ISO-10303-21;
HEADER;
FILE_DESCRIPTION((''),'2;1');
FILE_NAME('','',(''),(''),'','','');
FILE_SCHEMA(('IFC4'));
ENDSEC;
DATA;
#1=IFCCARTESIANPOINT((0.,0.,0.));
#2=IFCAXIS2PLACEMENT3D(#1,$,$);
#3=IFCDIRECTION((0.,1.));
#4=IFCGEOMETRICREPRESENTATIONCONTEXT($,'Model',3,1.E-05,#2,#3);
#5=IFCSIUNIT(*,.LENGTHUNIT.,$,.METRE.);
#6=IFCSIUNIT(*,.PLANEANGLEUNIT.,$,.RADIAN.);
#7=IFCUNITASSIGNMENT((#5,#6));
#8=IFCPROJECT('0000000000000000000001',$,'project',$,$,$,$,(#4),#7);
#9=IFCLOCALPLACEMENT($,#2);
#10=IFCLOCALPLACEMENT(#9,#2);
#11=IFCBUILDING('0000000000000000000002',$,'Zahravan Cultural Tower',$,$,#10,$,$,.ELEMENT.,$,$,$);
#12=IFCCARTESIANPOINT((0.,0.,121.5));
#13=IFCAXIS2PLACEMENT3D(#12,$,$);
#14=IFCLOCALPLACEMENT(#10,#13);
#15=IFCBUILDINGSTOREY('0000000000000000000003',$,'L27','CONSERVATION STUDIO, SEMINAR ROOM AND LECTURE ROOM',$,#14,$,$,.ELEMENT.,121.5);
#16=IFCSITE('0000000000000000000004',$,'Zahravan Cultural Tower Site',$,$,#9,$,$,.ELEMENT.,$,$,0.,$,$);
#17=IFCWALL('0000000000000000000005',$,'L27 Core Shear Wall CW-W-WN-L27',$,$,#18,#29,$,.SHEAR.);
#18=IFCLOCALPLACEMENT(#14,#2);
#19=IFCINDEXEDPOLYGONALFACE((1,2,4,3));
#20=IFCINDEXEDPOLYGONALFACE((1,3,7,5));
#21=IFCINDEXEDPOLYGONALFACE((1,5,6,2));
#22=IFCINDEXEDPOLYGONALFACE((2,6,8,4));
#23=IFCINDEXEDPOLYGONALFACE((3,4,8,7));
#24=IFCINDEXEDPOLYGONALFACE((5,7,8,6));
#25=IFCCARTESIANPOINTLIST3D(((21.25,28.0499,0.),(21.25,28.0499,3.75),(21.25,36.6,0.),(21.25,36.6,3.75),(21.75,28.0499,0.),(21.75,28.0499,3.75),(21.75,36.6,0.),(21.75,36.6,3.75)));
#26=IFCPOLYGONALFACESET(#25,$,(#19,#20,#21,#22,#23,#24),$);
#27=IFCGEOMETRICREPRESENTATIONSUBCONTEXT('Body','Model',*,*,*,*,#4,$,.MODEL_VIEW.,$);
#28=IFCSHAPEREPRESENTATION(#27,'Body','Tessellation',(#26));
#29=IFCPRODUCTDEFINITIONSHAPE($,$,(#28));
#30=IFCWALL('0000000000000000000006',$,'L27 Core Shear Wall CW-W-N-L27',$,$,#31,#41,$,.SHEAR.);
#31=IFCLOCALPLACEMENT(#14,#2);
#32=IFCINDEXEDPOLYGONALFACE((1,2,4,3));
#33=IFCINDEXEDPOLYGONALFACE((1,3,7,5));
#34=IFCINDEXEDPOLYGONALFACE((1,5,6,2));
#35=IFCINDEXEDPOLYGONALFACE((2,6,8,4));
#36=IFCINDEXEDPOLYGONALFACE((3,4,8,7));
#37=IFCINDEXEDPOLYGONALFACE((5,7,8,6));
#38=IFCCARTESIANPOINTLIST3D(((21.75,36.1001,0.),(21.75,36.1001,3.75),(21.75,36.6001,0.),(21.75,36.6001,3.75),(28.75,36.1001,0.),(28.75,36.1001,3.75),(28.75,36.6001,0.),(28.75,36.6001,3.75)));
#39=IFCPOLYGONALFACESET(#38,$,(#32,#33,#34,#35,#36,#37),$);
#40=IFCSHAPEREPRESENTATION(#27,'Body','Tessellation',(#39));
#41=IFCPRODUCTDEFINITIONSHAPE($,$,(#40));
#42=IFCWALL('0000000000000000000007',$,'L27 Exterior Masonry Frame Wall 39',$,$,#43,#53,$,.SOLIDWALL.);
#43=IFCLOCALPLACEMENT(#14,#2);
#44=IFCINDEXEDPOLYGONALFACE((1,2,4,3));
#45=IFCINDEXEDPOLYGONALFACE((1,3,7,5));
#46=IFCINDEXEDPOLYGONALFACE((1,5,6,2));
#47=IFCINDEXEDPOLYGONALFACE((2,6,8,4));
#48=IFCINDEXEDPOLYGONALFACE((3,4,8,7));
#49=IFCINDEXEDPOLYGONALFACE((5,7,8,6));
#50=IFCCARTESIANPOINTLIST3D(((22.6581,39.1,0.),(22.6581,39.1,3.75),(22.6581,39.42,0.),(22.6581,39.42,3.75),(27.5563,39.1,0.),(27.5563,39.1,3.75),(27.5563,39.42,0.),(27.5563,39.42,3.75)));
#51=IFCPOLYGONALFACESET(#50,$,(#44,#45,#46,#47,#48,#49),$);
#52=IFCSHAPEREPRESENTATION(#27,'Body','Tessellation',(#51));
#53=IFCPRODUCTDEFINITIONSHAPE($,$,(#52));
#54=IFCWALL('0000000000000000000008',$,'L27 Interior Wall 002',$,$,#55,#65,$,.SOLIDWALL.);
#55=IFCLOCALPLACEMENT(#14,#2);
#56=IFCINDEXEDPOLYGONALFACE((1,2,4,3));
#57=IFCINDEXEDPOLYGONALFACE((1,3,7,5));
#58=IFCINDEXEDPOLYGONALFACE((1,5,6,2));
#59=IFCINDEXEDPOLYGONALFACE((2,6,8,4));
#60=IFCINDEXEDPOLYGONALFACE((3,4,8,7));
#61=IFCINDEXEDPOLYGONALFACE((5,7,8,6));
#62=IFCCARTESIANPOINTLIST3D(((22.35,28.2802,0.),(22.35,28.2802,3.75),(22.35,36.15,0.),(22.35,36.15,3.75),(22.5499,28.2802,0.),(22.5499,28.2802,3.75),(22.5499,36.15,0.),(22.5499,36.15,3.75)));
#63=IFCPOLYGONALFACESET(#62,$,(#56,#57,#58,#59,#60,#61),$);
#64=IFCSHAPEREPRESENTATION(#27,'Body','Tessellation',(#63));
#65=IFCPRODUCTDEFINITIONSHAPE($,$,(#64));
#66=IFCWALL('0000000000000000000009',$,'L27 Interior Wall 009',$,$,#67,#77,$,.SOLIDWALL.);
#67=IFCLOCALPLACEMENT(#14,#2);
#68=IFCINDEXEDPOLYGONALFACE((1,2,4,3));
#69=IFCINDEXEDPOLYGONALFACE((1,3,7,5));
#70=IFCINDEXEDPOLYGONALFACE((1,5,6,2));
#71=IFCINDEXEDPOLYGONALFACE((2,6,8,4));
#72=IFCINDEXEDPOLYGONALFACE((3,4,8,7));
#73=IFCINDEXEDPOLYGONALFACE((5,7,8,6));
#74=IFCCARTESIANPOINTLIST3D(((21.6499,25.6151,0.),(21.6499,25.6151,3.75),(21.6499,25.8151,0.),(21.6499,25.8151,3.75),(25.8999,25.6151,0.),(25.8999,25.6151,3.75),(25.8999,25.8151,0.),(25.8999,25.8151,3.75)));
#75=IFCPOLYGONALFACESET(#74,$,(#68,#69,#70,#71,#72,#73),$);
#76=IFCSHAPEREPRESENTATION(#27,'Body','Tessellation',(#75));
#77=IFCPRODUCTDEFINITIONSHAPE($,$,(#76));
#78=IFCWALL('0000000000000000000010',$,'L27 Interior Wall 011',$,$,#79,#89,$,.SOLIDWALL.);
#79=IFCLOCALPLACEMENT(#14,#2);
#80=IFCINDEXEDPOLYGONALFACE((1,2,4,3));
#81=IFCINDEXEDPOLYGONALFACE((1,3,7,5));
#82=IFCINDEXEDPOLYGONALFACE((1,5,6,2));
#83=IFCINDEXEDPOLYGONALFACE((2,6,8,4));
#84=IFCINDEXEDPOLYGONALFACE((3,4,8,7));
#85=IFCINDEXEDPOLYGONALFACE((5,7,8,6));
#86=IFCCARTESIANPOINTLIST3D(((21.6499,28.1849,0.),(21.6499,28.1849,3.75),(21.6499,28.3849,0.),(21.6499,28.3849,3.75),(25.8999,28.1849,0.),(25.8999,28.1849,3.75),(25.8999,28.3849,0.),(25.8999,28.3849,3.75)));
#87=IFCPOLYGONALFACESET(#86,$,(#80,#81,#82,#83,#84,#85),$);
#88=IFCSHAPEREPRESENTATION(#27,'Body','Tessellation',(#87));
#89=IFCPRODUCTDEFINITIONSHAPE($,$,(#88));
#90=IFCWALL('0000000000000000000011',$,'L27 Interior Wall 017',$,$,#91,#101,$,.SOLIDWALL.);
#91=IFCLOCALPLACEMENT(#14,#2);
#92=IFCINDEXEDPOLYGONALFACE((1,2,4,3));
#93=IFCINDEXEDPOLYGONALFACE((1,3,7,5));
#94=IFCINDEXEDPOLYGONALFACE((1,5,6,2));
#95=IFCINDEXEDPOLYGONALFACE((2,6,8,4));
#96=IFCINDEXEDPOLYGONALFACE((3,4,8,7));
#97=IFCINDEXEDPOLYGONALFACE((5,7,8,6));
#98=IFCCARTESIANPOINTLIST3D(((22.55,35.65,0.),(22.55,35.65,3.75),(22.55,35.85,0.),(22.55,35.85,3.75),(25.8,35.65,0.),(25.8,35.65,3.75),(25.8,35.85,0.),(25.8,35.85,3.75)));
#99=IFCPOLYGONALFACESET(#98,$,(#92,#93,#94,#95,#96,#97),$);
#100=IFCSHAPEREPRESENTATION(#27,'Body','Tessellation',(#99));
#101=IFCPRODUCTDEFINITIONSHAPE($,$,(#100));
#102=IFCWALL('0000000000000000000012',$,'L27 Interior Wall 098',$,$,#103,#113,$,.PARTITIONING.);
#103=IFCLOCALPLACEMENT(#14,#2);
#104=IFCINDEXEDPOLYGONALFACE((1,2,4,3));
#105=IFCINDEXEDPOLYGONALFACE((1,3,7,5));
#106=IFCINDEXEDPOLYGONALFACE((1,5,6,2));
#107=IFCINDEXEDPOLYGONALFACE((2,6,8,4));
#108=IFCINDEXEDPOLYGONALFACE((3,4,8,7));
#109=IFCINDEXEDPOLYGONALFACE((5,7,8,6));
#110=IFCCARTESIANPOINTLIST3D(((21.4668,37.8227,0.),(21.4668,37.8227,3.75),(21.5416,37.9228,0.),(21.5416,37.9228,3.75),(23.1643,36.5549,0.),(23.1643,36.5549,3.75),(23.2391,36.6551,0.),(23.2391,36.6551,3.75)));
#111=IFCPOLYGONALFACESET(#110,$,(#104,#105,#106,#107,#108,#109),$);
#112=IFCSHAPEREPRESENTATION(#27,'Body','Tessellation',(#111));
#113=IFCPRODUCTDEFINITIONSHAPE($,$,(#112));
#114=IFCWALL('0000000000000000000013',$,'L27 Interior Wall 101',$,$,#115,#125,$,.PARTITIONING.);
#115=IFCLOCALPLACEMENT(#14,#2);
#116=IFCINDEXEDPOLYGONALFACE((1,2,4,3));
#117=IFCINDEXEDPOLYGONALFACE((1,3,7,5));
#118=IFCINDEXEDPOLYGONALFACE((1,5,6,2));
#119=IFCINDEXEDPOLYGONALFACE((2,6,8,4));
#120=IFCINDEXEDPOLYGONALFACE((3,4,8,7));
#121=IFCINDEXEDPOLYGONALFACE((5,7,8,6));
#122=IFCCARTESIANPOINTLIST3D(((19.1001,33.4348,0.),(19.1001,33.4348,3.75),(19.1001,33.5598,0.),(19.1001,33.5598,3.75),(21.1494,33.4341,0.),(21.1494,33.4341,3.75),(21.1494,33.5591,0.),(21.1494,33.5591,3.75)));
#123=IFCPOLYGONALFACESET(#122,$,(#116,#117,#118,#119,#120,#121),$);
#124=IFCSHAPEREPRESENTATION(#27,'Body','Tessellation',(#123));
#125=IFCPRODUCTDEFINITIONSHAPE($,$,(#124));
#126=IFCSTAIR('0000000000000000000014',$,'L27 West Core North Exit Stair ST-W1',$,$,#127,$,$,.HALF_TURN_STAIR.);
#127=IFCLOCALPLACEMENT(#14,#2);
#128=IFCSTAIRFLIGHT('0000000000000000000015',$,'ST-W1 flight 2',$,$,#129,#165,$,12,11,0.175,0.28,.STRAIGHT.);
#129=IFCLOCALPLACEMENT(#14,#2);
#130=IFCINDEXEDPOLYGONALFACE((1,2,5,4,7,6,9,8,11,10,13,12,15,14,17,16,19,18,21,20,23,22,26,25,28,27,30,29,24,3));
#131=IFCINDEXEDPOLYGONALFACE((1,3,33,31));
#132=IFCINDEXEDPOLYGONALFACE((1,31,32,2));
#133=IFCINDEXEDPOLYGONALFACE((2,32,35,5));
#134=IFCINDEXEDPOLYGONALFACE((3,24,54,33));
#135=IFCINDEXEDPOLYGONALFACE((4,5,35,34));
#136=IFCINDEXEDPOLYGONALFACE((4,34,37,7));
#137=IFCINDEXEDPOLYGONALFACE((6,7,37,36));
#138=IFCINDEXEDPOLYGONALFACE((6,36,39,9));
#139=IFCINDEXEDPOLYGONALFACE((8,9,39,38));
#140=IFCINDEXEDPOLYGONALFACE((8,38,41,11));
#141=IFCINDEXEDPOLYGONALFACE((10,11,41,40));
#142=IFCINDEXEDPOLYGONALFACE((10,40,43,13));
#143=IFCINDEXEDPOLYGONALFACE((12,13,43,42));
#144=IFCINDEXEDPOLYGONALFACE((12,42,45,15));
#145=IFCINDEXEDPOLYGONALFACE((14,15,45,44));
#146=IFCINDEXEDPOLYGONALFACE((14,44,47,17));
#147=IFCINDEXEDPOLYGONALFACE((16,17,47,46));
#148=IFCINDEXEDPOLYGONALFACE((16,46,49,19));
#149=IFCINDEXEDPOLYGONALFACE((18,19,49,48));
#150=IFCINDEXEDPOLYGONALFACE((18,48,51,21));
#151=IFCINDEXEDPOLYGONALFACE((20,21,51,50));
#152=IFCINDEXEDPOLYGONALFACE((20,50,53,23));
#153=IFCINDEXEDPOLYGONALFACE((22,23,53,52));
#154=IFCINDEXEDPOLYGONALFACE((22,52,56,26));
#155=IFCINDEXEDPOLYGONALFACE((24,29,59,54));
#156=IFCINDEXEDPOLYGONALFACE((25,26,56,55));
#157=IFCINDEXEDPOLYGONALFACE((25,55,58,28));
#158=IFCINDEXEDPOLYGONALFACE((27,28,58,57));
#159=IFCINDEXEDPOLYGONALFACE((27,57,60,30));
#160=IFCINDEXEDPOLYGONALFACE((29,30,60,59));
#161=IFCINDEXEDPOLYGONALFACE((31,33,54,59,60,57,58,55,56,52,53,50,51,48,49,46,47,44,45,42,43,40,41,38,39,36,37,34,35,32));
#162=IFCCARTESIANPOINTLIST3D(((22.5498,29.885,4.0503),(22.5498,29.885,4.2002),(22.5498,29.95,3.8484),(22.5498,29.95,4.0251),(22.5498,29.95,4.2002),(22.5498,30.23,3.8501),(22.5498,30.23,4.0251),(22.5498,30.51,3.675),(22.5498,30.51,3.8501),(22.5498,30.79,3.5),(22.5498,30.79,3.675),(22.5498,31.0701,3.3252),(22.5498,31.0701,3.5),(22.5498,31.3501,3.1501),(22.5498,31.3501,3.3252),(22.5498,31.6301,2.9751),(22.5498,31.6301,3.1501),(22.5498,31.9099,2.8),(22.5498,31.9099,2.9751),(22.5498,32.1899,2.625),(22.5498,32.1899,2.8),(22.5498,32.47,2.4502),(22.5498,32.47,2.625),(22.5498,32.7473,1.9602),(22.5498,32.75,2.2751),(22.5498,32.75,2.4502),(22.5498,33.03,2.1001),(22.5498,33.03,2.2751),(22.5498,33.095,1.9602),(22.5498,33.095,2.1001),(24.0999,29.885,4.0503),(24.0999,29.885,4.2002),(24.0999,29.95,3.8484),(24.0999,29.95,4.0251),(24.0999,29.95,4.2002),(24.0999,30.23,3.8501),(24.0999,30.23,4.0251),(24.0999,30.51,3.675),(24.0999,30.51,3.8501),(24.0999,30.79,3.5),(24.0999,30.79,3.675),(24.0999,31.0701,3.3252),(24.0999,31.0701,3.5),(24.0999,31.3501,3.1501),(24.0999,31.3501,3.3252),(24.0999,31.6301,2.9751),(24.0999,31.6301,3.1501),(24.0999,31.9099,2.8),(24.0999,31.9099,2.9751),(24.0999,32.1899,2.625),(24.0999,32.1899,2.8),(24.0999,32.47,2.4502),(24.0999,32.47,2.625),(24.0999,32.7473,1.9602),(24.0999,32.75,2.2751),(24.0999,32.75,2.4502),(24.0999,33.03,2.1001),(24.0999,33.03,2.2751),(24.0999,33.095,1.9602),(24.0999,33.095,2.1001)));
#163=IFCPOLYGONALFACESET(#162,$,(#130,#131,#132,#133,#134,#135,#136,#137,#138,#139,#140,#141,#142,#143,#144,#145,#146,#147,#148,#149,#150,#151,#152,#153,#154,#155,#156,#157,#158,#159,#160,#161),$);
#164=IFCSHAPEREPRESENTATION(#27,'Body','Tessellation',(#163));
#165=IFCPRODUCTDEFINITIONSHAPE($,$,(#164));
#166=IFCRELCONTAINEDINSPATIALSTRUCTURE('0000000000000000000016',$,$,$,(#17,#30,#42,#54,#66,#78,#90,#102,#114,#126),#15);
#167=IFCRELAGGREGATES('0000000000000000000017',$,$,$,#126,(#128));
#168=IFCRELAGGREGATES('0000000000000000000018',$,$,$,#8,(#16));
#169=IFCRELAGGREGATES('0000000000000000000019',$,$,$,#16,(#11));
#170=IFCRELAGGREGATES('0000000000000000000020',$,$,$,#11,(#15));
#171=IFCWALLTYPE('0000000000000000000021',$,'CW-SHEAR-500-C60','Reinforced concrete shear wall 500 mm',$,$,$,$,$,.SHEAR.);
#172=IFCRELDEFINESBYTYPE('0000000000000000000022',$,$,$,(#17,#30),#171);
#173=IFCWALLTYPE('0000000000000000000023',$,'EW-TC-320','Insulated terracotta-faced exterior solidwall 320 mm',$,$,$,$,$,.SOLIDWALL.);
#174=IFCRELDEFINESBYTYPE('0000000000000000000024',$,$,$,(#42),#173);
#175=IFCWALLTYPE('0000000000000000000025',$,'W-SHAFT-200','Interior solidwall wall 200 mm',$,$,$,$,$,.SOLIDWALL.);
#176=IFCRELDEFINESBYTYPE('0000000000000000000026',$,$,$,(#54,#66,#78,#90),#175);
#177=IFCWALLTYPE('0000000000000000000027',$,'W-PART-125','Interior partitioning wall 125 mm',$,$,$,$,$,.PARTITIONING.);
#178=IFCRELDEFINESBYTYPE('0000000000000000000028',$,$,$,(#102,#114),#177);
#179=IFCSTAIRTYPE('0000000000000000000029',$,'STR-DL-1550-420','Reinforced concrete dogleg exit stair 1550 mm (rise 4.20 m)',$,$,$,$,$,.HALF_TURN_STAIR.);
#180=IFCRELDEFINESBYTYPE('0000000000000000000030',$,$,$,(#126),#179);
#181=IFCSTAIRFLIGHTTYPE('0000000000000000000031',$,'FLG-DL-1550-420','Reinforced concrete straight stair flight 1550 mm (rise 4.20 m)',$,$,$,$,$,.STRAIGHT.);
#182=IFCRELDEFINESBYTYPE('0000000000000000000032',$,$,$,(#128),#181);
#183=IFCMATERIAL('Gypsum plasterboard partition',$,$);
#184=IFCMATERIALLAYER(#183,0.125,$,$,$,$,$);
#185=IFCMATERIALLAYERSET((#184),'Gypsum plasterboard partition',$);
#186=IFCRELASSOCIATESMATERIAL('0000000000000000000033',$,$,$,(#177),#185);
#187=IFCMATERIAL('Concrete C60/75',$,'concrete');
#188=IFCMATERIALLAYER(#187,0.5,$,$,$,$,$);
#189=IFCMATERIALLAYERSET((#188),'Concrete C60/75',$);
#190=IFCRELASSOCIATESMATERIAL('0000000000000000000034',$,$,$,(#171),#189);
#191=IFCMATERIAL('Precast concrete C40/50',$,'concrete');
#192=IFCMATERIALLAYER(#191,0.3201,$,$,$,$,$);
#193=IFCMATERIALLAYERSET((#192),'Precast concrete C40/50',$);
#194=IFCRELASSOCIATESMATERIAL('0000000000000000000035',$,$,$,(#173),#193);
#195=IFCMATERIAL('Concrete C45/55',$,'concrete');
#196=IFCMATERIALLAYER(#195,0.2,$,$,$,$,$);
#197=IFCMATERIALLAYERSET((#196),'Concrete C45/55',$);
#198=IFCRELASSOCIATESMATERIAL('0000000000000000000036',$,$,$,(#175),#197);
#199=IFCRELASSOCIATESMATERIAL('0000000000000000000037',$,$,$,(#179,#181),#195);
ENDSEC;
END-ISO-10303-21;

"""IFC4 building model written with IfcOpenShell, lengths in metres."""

from ifc_helpers import new_model, si_unit, direction, frame, frame_2d, origin, place, context, subcontext, project, spatial, polyline, rectangle, outline, extrude, source, transform, mapped, material, layer, layer_set, type_object, element, aggregate, save


model = new_model("IFC4")

# Units and contexts
model_context = context("Model", 3, precision=1e-05, world=origin(), true_north=direction((0.0, 1.0)))
body_context = subcontext(model_context, "Body", "Model", "MODEL_VIEW")
ifc_project = project(units=[si_unit("LENGTHUNIT", "METRE"), si_unit("PLANEANGLEUNIT", "RADIAN")], contexts=[model_context])

# Site, building, storey
site_placement = place(None, origin())
site = spatial("IfcSite", under=ifc_project, at=site_placement, Name="Zahravan Cultural Tower Site", CompositionType="ELEMENT", RefElevation=0.0)
building_placement = place(site_placement, origin())
building = spatial("IfcBuilding", under=site, at=building_placement, Name="Zahravan Cultural Tower", CompositionType="ELEMENT")
storey_placement = place(building_placement, frame((0.0, 0.0, 121.5)))
storey = spatial("IfcBuildingStorey", under=building, at=storey_placement, Name="L27", Description="CONSERVATION STUDIO, SEMINAR ROOM AND LECTURE ROOM", CompositionType="ELEMENT", Elevation=121.5)

# Shared definitions
ifc_material_1 = material(Name="Concrete C60/75", Category="concrete")

# Shared definitions
ifc_material_2 = material(Name="Gypsum plasterboard partition")
ifc_layer_1 = layer(ifc_material_2, 0.125)
ifc_layer_set_1 = layer_set([ifc_layer_1], Name="Gypsum plasterboard partition")
wall_type_1 = type_object("IfcWallType", Name="W-PART-125", Description="Interior partitioning wall 125 mm", PredefinedType="PARTITIONING", material=ifc_layer_set_1)

# Walls
ifc_layer_2 = layer(ifc_material_1, 0.5)
ifc_layer_set_2 = layer_set([ifc_layer_2], Name="Concrete C60/75")
wall_type_2 = type_object("IfcWallType", Name="CW-SHEAR-500-C60", Description="Reinforced concrete shear wall 500 mm", PredefinedType="SHEAR", material=ifc_layer_set_2)
shared_shape_1 = source(origin(), body_context, "Body", "SweptSolid", [
    extrude(rectangle(XDim=8.55, YDim=0.5, at=frame_2d((4.2749, 0.0))), origin(), (0.0, 0.0, 1.0), 3.75),
])
wall_1_placement = place(storey_placement, frame((21.5, 28.05, 0.0), z_axis=(0.0, 0.0, 1.0), x_axis=(0.0, 1.0, 0.0)))
element("IfcWall", 1, at=wall_1_placement, inside=storey, type_object=wall_type_2, Name="L27 Core Shear Wall CW-W-WN-L27", PredefinedType="SHEAR", context=body_context, shape_type="MappedRepresentation", body=[
    mapped(shared_shape_1, transform((0.0, 0.0, 0.0), x_axis=(1.0, 0.0, 0.0), y_axis=(0.0, 1.0, 0.0), z_axis=(0.0, 0.0, 1.0), scale=1.0)),
])
shared_shape_2 = source(origin(), body_context, "Body", "SweptSolid", [
    extrude(rectangle(XDim=7.0, YDim=0.5, at=frame_2d((3.5, 0.0))), origin(), (0.0, 0.0, 1.0), 3.75),
])
wall_2_placement = place(storey_placement, frame((21.75, 36.3501, 0.0), z_axis=(0.0, 0.0, 1.0), x_axis=(1.0, 0.0, 0.0)))
element("IfcWall", 2, at=wall_2_placement, inside=storey, type_object=wall_type_2, Name="L27 Core Shear Wall CW-W-N-L27", PredefinedType="SHEAR", context=body_context, shape_type="MappedRepresentation", body=[
    mapped(shared_shape_2, transform((0.0, 0.0, 0.0), x_axis=(1.0, 0.0, 0.0), y_axis=(0.0, 1.0, 0.0), z_axis=(0.0, 0.0, 1.0), scale=1.0)),
])
ifc_material_3 = material(Name="Precast concrete C40/50", Category="concrete")
ifc_layer_3 = layer(ifc_material_3, 0.3201)
ifc_layer_set_3 = layer_set([ifc_layer_3], Name="Precast concrete C40/50")
wall_type_3 = type_object("IfcWallType", Name="EW-TC-320", Description="Insulated terracotta-faced exterior solidwall 320 mm", PredefinedType="SOLIDWALL", material=ifc_layer_set_3)
shared_shape_3 = source(origin(), body_context, "Body", "SweptSolid", [
    extrude(rectangle(XDim=4.8982, YDim=0.3201, at=frame_2d((2.4492, 0.0))), origin(), (0.0, 0.0, 1.0), 3.75),
])
wall_3_placement = place(storey_placement, frame((22.658, 39.26, 0.0), z_axis=(0.0, 0.0, 1.0), x_axis=(1.0, 0.0, 0.0)))
element("IfcWall", 3, at=wall_3_placement, inside=storey, type_object=wall_type_3, Name="L27 Exterior Masonry Frame Wall 39", PredefinedType="SOLIDWALL", context=body_context, shape_type="MappedRepresentation", body=[
    mapped(shared_shape_3, transform((0.0, 0.0, 0.0), x_axis=(1.0, 0.0, 0.0), y_axis=(0.0, 1.0, 0.0), z_axis=(0.0, 0.0, 1.0), scale=1.0)),
])
ifc_material_4 = material(Name="Concrete C45/55", Category="concrete")
ifc_layer_4 = layer(ifc_material_4, 0.2)
ifc_layer_set_4 = layer_set([ifc_layer_4], Name="Concrete C45/55")
wall_type_4 = type_object("IfcWallType", Name="W-SHAFT-200", Description="Interior solidwall wall 200 mm", PredefinedType="SOLIDWALL", material=ifc_layer_set_4)
shared_shape_4 = source(origin(), body_context, "Body", "SweptSolid", [
    extrude(rectangle(XDim=7.8699, YDim=0.2, at=frame_2d((3.9351, 0.0))), origin(), (0.0, 0.0, 1.0), 3.75),
])
wall_4_placement = place(storey_placement, frame((22.45, 28.28, 0.0), z_axis=(0.0, 0.0, 1.0), x_axis=(0.0, 1.0, 0.0)))
element("IfcWall", 4, at=wall_4_placement, inside=storey, type_object=wall_type_4, Name="L27 Interior Wall 002", PredefinedType="SOLIDWALL", context=body_context, shape_type="MappedRepresentation", body=[
    mapped(shared_shape_4, transform((0.0, 0.0, 0.0), x_axis=(1.0, 0.0, 0.0), y_axis=(0.0, 1.0, 0.0), z_axis=(0.0, 0.0, 1.0), scale=1.0)),
])
shared_shape_5 = source(origin(), body_context, "Body", "SweptSolid", [
    extrude(rectangle(XDim=4.25, YDim=0.2, at=frame_2d((2.125, 0.0))), origin(), (0.0, 0.0, 1.0), 3.75),
])
for number, where, z_axis, x_axis, name in (
    (5, (21.6499, 25.7151, 0.0), (0.0, 0.0, 1.0), (1.0, 0.0, 0.0), "L27 Interior Wall 009"),
    (6, (21.6499, 28.2849, 0.0), (0.0, 0.0, 1.0), (1.0, 0.0, 0.0), "L27 Interior Wall 011"),
):
    element("IfcWall", number, at=place(storey_placement, frame(where, z_axis=z_axis, x_axis=x_axis)), inside=storey, type_object=wall_type_4, Name=name, PredefinedType="SOLIDWALL", context=body_context, shape_type="MappedRepresentation", body=[
        mapped(shared_shape_5, transform((0.0, 0.0, 0.0), x_axis=(1.0, 0.0, 0.0), y_axis=(0.0, 1.0, 0.0), z_axis=(0.0, 0.0, 1.0), scale=1.0)),
    ])
shared_shape_6 = source(origin(), body_context, "Body", "SweptSolid", [
    extrude(rectangle(XDim=3.25, YDim=0.2, at=frame_2d((1.625, 0.0))), origin(), (0.0, 0.0, 1.0), 3.75),
])
wall_5_placement = place(storey_placement, frame((22.55, 35.75, 0.0), z_axis=(0.0, 0.0, 1.0), x_axis=(1.0, 0.0, 0.0)))
element("IfcWall", 7, at=wall_5_placement, inside=storey, type_object=wall_type_4, Name="L27 Interior Wall 017", PredefinedType="SOLIDWALL", context=body_context, shape_type="MappedRepresentation", body=[
    mapped(shared_shape_6, transform((0.0, 0.0, 0.0), x_axis=(1.0, 0.0, 0.0), y_axis=(0.0, 1.0, 0.0), z_axis=(0.0, 0.0, 1.0), scale=1.0)),
])
shared_shape_7 = source(origin(), body_context, "Body", "SweptSolid", [
    extrude(rectangle(XDim=2.1187, YDim=0.125, at=frame_2d((1.0593, 0.0))), origin(), (0.0, 0.0, 1.0), 3.75),
])
wall_6_placement = place(storey_placement, frame((23.2017, 36.605, 0.0), z_axis=(0.0, 0.0, 1.0), x_axis=(-0.801201, 0.598395, 0.0)))
element("IfcWall", 8, at=wall_6_placement, inside=storey, type_object=wall_type_1, Name="L27 Interior Wall 098", PredefinedType="PARTITIONING", context=body_context, shape_type="MappedRepresentation", body=[
    mapped(shared_shape_7, transform((0.0, 0.0, 0.0), x_axis=(1.0, 0.0, 0.0), y_axis=(0.0, 1.0, 0.0), z_axis=(0.0, 0.0, 1.0), scale=1.0)),
])
shared_shape_8 = source(origin(), body_context, "Body", "SweptSolid", [
    extrude(rectangle(XDim=2.0493, YDim=0.125, at=frame_2d((1.0247, 0.0))), origin(), (0.0, 0.0, 1.0), 3.75),
])
wall_7_placement = place(storey_placement, frame((21.1494, 33.4966, 0.0), z_axis=(0.0, 0.0, 1.0), x_axis=(-1.0, 0.000357, 0.0)))
element("IfcWall", 9, at=wall_7_placement, inside=storey, type_object=wall_type_1, Name="L27 Interior Wall 101", PredefinedType="PARTITIONING", context=body_context, shape_type="MappedRepresentation", body=[
    mapped(shared_shape_8, transform((0.0, 0.0, 0.0), x_axis=(1.0, 0.0, 0.0), y_axis=(0.0, 1.0, 0.0), z_axis=(0.0, 0.0, 1.0), scale=1.0)),
])

# Stair, stair flight
stair_type = type_object("IfcStairType", Name="STR-DL-1550-420", Description="Reinforced concrete dogleg exit stair 1550 mm (rise 4.20 m)", PredefinedType="HALF_TURN_STAIR", material=ifc_material_4)
stair_placement = place(storey_placement, origin())
stair = element("IfcStair", 10, at=stair_placement, inside=storey, type_object=stair_type, Name="L27 West Core North Exit Stair ST-W1", PredefinedType="HALF_TURN_STAIR")
stair_flight_type = type_object("IfcStairFlightType", Name="FLG-DL-1550-420", Description="Reinforced concrete straight stair flight 1550 mm (rise 4.20 m)", PredefinedType="STRAIGHT", material=ifc_material_4)
stair_flight_placement = place(storey_placement, frame((23.325, 33.03, 2.1001), z_axis=(0.0, 0.0, 1.0), x_axis=(0.0, -1.0, 0.0)))
stair_flight = element("IfcStairFlight", 11, at=stair_flight_placement, type_object=stair_flight_type, Name="ST-W1 flight 2", NumberOfRisers=12, NumberOfTreads=11, PredefinedType="STRAIGHT", RiserHeight=0.175, TreadLength=0.28, context=body_context, shape_type="SweptSolid", body=[
    extrude(outline(polyline([(-0.0649, -0.1399), (-0.0649, 0.0), (0.0, 0.0), (0.0, 0.175), (0.28, 0.175), (0.28, 0.3501), (0.5601, 0.3501), (0.5601, 0.5249), (0.8401, 0.5249), (0.8401, 0.7), (1.1201, 0.7), (1.1201, 0.875), (1.3999, 0.875), (1.3999, 1.05), (1.6799, 1.05), (1.6799, 1.2251), (1.96, 1.2251), (1.96, 1.3999), (2.24, 1.3999), (2.24, 1.575), (2.52, 1.575), (2.52, 1.75), (2.8, 1.75), (2.8, 1.925), (3.0801, 1.925), (3.0801, 2.1001), (3.145, 2.1001), (3.145, 1.9502), (3.0801, 1.7483), (0.2827, -0.1399), (-0.0649, -0.1399)])), frame((0.0, 0.7749, 0.0), z_axis=(0.0, -1.0, 0.0), x_axis=(1.0, 0.0, 0.0)), (0.0, 0.0, 1.0), 1.55),
])
aggregate(stair, [stair_flight])

save(model, "model.ifc")
